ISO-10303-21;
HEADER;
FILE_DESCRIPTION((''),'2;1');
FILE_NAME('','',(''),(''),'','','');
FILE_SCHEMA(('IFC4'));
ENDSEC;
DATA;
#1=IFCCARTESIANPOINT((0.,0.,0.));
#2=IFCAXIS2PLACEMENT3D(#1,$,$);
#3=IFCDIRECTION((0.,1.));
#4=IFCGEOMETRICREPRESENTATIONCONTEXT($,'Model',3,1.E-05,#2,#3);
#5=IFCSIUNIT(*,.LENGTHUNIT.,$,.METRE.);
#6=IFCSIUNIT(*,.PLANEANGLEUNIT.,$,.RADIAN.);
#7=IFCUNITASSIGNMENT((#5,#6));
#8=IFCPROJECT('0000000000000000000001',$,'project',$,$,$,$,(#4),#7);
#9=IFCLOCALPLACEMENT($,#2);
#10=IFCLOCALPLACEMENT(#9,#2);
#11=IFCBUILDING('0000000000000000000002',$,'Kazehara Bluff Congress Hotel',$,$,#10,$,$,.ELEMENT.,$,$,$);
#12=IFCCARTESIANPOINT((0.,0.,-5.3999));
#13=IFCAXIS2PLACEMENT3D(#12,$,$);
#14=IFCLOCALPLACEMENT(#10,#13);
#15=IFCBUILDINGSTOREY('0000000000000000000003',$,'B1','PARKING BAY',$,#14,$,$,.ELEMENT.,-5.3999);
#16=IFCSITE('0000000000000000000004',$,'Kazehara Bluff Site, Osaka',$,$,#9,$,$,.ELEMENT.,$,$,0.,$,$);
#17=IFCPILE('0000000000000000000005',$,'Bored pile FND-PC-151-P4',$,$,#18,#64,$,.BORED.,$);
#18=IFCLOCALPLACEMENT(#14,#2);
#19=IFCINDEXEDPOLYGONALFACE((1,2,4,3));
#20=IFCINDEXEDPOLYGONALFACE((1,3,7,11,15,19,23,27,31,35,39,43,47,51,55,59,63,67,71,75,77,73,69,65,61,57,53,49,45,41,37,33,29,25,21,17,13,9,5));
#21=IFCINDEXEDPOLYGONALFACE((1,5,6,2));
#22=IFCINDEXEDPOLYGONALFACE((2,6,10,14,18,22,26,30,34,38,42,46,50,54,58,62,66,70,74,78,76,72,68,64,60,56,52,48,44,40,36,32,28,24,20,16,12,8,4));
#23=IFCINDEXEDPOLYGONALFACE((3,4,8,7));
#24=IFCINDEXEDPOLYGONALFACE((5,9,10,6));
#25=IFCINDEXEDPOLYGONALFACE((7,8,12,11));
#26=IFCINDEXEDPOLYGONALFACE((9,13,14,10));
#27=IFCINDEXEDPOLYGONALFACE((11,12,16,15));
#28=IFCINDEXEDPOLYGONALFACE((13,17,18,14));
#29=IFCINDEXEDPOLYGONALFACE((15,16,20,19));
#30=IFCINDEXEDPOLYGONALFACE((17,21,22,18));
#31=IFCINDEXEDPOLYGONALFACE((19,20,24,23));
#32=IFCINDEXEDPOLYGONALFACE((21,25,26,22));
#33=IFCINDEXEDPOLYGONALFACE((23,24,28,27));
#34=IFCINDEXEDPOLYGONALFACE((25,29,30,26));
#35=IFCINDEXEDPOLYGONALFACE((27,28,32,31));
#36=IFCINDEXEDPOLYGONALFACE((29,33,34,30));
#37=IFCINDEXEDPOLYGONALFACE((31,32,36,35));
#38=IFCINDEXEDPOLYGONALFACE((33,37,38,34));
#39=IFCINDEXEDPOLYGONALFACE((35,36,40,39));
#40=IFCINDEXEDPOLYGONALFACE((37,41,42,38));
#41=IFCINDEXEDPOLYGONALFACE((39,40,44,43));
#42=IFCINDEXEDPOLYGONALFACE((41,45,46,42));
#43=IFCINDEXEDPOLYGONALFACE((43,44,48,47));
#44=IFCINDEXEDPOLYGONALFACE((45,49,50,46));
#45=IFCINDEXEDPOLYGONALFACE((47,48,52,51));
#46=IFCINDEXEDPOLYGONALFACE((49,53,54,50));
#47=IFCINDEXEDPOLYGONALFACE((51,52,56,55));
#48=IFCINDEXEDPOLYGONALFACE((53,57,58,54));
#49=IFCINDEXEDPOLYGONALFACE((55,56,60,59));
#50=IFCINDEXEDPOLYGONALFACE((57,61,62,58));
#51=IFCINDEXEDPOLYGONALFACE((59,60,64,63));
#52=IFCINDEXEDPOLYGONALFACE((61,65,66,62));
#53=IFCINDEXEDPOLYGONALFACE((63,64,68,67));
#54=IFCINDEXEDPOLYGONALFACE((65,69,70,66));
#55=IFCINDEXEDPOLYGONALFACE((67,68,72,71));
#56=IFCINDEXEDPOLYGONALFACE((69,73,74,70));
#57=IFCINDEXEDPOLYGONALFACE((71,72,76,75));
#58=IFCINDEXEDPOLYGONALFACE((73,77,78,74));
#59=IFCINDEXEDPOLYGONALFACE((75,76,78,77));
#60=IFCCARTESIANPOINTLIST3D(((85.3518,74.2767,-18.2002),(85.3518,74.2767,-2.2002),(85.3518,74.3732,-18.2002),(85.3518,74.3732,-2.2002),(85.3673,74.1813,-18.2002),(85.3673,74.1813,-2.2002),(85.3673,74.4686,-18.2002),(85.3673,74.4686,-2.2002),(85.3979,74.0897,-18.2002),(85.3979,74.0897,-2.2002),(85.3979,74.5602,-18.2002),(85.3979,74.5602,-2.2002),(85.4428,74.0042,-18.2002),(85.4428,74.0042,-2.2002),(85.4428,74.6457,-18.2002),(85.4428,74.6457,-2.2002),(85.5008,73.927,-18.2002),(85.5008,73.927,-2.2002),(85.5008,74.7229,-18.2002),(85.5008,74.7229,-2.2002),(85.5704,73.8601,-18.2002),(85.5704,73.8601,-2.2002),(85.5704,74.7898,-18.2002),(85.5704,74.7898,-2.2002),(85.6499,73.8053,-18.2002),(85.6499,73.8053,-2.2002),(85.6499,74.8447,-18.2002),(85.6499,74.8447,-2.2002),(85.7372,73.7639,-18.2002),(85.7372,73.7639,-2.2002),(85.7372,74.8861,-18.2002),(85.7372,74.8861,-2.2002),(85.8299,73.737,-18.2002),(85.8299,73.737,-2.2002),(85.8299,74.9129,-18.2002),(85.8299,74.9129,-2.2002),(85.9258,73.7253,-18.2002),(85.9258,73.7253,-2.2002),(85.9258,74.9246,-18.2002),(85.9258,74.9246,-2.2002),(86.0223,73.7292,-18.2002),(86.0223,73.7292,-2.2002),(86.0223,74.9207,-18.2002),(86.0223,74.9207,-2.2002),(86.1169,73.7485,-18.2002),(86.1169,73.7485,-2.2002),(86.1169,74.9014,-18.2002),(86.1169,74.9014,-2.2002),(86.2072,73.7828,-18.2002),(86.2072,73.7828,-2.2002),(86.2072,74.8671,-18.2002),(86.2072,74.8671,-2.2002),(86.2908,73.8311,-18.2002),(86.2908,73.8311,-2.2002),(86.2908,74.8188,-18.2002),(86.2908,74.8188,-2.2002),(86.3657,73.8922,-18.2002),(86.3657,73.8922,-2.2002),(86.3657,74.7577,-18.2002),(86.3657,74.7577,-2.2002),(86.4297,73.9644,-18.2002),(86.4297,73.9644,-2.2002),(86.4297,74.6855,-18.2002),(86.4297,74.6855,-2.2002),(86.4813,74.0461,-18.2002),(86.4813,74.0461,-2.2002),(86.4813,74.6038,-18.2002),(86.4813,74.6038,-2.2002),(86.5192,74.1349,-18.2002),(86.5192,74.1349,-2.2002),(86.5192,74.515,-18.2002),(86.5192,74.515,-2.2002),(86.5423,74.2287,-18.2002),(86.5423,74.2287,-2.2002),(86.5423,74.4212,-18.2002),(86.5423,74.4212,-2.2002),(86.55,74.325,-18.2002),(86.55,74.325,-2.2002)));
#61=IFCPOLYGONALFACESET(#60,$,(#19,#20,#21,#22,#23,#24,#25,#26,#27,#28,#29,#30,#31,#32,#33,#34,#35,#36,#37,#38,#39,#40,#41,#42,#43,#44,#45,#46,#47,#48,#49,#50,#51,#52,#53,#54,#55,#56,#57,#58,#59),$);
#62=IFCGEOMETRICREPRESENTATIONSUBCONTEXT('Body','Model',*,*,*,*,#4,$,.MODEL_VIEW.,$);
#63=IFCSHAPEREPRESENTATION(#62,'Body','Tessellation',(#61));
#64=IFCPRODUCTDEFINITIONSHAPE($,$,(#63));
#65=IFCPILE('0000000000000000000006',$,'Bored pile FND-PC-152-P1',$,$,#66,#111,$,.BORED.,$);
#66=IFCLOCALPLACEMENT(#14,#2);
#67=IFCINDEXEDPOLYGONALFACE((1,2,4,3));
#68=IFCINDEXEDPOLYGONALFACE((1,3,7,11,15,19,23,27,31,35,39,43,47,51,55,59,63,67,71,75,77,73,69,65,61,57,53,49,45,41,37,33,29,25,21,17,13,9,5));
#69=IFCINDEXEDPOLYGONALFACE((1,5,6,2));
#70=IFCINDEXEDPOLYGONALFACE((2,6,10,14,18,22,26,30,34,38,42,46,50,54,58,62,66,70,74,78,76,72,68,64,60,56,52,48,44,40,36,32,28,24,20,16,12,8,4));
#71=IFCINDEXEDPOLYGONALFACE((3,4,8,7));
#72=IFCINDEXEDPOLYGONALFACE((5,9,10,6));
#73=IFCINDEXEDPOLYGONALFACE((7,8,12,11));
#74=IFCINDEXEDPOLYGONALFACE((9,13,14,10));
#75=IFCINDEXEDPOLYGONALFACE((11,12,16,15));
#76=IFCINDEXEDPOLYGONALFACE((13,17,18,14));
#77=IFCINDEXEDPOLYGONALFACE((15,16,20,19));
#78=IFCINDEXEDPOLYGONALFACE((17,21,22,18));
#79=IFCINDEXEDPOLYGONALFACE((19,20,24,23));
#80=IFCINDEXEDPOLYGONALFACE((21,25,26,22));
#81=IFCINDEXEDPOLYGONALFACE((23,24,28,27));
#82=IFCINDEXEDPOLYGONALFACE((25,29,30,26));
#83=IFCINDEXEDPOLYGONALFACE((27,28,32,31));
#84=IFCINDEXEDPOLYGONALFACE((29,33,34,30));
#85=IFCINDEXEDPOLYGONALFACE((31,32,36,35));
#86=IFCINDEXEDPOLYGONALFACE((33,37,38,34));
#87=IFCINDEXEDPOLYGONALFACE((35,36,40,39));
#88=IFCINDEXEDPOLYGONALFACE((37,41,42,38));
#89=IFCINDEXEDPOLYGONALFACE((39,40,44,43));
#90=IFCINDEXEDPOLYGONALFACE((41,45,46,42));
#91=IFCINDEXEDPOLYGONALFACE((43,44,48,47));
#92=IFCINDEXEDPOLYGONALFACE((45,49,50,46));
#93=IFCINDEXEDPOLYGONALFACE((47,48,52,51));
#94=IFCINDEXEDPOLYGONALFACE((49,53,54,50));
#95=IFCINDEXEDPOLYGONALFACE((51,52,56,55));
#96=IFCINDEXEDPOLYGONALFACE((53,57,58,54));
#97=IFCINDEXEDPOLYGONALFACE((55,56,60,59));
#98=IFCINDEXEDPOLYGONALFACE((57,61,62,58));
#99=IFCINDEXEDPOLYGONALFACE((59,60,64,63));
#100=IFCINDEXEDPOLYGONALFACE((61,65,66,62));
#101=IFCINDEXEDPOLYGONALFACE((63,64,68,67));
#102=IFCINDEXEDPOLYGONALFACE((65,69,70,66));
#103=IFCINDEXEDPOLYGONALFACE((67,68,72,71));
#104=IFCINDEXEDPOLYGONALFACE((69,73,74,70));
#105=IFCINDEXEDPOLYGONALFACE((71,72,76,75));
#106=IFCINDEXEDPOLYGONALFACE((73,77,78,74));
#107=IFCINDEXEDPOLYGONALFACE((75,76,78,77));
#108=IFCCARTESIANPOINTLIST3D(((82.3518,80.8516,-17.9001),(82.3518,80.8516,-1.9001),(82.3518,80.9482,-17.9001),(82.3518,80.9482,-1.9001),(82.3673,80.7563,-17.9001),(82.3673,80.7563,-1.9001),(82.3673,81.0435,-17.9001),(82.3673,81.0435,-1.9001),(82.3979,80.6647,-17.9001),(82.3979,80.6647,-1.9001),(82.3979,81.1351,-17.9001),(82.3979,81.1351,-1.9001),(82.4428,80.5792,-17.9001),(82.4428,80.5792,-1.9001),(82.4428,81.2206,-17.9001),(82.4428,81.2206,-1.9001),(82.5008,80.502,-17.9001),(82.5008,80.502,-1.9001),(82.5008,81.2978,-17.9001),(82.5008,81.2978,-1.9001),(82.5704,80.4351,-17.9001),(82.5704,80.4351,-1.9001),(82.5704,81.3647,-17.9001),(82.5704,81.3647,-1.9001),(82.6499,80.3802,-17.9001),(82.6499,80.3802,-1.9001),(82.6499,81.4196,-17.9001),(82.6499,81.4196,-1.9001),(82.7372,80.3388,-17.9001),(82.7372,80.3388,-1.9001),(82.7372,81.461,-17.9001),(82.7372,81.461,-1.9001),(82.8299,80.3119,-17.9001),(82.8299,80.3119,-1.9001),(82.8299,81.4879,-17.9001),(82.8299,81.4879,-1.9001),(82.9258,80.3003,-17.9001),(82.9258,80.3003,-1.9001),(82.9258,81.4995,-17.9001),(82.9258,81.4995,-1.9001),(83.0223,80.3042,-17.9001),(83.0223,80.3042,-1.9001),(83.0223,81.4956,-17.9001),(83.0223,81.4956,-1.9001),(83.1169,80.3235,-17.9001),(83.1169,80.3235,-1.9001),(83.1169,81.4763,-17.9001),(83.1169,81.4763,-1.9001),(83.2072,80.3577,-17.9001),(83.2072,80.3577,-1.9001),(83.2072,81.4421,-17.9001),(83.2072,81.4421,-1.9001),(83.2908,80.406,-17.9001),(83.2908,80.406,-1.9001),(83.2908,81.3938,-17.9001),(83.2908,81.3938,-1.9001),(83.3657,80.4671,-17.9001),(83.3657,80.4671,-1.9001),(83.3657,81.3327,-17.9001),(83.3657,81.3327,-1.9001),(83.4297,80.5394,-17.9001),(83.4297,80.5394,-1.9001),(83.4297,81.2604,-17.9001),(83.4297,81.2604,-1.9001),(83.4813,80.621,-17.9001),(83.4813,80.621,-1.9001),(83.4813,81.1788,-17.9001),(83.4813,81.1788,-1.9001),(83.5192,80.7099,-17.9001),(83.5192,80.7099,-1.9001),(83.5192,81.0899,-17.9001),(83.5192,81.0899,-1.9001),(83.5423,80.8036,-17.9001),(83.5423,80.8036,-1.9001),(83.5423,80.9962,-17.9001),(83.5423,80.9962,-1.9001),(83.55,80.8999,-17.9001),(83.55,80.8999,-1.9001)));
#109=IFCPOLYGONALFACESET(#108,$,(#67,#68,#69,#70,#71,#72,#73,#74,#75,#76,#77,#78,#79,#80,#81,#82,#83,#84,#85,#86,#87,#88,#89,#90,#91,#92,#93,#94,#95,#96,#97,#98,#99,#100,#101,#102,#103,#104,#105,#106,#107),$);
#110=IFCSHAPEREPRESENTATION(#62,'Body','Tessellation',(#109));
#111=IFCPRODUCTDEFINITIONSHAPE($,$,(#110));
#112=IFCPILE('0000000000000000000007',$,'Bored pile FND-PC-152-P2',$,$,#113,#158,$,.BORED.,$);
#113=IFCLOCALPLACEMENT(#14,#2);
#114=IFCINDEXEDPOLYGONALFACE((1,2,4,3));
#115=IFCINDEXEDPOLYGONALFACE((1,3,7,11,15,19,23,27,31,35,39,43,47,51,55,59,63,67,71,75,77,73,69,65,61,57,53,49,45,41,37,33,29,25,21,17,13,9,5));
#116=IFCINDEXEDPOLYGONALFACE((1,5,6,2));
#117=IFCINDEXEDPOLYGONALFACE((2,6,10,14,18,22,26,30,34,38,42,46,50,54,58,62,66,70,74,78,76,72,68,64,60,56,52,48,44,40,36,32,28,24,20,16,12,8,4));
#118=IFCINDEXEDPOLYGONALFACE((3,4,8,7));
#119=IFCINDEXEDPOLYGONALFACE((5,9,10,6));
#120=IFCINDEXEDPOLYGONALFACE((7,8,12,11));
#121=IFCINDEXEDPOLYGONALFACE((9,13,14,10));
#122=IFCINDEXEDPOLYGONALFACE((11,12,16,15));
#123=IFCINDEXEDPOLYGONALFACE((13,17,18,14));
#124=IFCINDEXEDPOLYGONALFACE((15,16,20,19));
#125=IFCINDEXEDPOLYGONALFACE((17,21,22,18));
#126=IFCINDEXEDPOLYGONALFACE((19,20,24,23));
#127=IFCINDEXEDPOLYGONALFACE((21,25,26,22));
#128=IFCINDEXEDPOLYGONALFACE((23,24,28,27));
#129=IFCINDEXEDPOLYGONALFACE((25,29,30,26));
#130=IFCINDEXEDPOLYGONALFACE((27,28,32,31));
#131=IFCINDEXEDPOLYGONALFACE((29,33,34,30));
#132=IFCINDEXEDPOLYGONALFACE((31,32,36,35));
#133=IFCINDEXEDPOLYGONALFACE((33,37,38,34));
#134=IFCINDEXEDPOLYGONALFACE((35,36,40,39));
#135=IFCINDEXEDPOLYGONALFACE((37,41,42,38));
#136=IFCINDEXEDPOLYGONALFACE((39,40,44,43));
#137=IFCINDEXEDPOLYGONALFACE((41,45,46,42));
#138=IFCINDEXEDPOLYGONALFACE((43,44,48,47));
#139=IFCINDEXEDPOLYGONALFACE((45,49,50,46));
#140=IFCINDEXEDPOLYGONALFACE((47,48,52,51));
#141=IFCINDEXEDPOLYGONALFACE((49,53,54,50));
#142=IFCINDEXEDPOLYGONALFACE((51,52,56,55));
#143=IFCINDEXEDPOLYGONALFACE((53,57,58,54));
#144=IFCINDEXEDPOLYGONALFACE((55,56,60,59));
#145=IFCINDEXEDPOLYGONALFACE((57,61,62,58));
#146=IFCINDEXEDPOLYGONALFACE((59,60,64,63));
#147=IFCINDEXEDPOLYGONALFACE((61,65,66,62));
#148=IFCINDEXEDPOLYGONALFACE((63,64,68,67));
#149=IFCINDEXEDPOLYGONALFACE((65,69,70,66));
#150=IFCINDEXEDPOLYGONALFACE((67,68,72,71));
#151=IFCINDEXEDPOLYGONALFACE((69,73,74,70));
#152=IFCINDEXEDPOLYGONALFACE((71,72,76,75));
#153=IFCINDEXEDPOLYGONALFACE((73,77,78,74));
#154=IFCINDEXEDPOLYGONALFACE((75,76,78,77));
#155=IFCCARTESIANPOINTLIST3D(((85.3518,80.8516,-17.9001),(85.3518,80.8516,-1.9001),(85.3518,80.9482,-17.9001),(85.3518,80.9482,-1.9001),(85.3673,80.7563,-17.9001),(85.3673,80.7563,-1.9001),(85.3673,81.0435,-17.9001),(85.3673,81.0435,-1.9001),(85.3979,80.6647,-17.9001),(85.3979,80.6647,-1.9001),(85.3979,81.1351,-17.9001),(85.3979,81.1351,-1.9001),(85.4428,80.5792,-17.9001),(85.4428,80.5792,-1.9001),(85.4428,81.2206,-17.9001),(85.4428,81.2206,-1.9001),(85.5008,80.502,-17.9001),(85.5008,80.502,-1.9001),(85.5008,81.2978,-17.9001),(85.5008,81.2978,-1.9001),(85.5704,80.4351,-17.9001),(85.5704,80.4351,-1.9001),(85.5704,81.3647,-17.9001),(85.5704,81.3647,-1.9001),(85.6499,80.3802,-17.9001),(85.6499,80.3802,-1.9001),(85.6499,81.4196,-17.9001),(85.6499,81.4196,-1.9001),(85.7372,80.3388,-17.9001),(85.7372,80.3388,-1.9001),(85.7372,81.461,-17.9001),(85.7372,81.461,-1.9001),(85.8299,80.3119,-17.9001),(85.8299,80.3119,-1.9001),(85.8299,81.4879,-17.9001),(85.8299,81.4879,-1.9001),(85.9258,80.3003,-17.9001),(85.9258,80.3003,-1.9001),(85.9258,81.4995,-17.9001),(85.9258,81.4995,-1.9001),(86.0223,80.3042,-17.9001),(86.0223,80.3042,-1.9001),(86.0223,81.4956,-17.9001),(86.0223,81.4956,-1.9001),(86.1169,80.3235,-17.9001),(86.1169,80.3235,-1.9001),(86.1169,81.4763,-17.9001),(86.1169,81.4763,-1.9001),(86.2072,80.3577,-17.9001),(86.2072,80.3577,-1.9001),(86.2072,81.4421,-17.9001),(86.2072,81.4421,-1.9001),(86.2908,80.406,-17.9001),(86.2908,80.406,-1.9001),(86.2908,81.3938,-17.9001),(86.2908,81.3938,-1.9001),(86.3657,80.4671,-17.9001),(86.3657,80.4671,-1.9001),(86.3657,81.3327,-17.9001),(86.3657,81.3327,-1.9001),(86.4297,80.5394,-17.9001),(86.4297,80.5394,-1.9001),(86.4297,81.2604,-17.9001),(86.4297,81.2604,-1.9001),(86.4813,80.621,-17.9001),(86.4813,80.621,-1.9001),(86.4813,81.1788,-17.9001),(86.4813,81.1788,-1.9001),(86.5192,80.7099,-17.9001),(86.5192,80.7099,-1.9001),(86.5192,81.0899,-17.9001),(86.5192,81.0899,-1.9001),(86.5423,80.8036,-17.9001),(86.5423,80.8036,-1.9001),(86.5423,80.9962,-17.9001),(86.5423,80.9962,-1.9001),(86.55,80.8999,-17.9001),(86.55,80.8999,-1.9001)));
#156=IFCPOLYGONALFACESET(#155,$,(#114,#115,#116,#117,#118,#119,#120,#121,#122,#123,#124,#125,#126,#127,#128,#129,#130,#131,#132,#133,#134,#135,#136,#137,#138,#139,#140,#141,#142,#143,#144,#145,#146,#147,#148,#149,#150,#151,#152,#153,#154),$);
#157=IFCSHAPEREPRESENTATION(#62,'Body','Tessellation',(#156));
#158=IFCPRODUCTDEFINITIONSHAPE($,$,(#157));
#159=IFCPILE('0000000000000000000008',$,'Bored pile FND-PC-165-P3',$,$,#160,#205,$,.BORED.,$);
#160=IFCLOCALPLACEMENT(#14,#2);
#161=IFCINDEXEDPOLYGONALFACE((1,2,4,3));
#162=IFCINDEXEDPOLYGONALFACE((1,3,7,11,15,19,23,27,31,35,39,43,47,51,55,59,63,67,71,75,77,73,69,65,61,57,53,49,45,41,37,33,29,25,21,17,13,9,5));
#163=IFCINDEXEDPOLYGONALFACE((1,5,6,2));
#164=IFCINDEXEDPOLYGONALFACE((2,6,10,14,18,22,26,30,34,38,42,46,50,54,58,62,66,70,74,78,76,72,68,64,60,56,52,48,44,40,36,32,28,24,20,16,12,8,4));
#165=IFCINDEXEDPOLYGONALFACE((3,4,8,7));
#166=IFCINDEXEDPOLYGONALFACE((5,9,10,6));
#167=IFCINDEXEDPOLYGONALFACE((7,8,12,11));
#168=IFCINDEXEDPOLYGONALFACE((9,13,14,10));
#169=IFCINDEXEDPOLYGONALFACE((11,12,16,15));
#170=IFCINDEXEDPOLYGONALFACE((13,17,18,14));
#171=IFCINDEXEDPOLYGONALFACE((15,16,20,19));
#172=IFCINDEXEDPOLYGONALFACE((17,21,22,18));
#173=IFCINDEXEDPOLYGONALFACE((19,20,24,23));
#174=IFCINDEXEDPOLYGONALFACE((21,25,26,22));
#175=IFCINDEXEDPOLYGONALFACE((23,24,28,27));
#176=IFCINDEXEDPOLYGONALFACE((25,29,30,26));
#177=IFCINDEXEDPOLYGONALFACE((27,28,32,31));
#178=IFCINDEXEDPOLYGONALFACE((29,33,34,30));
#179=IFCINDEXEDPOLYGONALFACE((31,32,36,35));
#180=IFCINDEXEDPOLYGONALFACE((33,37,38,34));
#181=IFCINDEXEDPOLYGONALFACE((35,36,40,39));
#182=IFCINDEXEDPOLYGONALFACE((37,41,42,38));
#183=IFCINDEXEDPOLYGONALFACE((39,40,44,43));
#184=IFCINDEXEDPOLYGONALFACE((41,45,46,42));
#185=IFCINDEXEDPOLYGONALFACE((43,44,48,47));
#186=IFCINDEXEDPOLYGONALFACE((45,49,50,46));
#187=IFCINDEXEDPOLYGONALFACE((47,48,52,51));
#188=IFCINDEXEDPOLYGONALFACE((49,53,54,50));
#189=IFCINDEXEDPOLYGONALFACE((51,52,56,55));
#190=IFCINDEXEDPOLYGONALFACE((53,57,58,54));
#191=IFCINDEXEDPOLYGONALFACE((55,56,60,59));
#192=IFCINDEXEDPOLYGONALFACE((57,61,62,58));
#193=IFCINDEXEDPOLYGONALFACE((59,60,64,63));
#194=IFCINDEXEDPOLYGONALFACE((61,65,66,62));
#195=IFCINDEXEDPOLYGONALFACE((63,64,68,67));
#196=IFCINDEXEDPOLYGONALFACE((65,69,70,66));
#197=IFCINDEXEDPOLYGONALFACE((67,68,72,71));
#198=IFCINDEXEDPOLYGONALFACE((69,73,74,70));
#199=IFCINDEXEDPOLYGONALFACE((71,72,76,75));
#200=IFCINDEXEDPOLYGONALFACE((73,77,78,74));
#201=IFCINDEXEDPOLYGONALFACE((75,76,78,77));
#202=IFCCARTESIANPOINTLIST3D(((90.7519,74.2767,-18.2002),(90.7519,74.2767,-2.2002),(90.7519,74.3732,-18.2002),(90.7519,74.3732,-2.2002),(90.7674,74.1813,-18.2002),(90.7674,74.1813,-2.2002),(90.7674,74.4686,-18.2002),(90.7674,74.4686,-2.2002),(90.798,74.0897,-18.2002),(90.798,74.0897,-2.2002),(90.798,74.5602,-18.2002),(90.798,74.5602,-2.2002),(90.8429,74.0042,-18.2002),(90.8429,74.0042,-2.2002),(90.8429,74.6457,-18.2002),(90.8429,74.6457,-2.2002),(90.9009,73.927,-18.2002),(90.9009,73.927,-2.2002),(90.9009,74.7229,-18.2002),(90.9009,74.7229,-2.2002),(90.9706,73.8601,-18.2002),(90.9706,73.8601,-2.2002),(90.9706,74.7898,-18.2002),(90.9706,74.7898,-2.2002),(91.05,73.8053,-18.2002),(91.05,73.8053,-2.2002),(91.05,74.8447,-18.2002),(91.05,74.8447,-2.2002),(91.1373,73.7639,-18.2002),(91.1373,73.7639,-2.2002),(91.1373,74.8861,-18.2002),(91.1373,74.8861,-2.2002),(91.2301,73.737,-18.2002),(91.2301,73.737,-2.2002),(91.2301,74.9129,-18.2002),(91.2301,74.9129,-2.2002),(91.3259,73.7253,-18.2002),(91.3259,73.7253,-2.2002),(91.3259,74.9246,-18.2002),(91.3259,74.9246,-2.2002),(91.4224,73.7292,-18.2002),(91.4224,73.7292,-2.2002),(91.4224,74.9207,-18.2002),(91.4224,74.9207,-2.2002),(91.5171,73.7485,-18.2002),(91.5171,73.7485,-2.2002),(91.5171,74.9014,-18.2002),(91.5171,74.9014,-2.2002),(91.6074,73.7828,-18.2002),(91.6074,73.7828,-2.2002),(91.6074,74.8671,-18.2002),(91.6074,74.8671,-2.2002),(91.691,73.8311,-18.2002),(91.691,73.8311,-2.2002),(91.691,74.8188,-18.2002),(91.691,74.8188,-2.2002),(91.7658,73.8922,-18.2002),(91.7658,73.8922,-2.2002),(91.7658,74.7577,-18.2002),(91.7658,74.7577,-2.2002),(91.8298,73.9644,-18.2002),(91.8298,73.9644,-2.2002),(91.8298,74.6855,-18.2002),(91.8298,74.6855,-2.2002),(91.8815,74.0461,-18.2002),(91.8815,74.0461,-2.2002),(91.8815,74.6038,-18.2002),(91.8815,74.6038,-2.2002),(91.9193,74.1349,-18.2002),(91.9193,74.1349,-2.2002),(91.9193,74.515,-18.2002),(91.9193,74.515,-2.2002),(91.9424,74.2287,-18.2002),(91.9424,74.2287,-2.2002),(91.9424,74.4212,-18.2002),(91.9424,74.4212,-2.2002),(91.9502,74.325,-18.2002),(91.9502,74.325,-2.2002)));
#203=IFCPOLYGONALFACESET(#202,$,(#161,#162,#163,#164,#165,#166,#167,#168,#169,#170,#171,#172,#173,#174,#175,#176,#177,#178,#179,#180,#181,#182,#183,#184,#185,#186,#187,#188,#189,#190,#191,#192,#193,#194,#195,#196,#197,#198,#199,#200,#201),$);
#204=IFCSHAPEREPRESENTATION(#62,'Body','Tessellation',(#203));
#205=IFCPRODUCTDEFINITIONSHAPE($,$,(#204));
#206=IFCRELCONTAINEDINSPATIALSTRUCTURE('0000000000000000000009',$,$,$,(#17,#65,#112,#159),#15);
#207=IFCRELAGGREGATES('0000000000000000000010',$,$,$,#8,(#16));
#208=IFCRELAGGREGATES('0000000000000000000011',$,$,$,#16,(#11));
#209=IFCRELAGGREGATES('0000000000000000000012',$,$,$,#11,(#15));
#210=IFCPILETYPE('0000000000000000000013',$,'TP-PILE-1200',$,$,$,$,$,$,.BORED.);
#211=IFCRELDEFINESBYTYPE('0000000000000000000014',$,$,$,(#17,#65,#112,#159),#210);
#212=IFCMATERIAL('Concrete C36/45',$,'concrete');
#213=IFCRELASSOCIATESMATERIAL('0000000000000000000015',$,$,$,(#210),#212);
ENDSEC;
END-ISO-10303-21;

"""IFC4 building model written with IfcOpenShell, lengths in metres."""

from ifc_helpers import new_model, si_unit, direction, frame, origin, origin_2d, place, context, subcontext, project, spatial, circle, extrude, material, material_profile, profile_set, type_object, element, save


model = new_model("IFC4")

# Units and contexts
model_context = context("Model", 3, precision=1e-05, world=origin(), true_north=direction((0.0, 1.0)))
body_context = subcontext(model_context, "Body", "Model", "MODEL_VIEW")
ifc_project = project(units=[si_unit("LENGTHUNIT", "METRE"), si_unit("PLANEANGLEUNIT", "RADIAN")], contexts=[model_context])

# Site, building, storey
site_placement = place(None, origin())
site = spatial("IfcSite", under=ifc_project, at=site_placement, Name="Kazehara Bluff Site, Osaka", CompositionType="ELEMENT", RefElevation=0.0)
building_placement = place(site_placement, origin())
building = spatial("IfcBuilding", under=site, at=building_placement, Name="Kazehara Bluff Congress Hotel", CompositionType="ELEMENT")
storey_placement = place(building_placement, frame((0.0, 0.0, -5.3999)))
storey = spatial("IfcBuildingStorey", under=building, at=storey_placement, Name="B1", Description="PARKING BAY", CompositionType="ELEMENT", Elevation=-5.3999)

# Piles
ifc_material_1 = material(Name="Concrete C36/45", Category="concrete")
ifc_material_profile_1 = material_profile(ifc_material_1, circle(Radius=0.6001, at=origin_2d()))
ifc_profile_set_1 = profile_set([ifc_material_profile_1], Name="Concrete C36/45")
pile_type = type_object("IfcPileType", Name="TP-PILE-1200", PredefinedType="BORED", material=ifc_profile_set_1)
for number, where, z_axis, x_axis, name in (
    (1, (85.95, 74.325, -2.2002), (0.0, 0.0, -1.0), (1.0, 0.0, 0.0), "Bored pile FND-PC-151-P4"),
    (2, (82.95, 80.8999, -1.9001), (0.0, 0.0, -1.0), (1.0, 0.0, 0.0), "Bored pile FND-PC-152-P1"),
    (3, (85.95, 80.8999, -1.9001), (0.0, 0.0, -1.0), (1.0, 0.0, 0.0), "Bored pile FND-PC-152-P2"),
    (4, (91.3501, 74.325, -2.2002), (0.0, 0.0, -1.0), (1.0, 0.0, 0.0), "Bored pile FND-PC-165-P3"),
):
    element("IfcPile", number, at=place(storey_placement, frame(where, z_axis=z_axis, x_axis=x_axis)), inside=storey, type_object=pile_type, Name=name, PredefinedType="BORED", context=body_context, shape_type="SweptSolid", body=[
        extrude(circle(Radius=0.6001, at=origin_2d()), origin(), (0.0, 0.0, 1.0), 16.0),
    ])

save(model, "model.ifc")
